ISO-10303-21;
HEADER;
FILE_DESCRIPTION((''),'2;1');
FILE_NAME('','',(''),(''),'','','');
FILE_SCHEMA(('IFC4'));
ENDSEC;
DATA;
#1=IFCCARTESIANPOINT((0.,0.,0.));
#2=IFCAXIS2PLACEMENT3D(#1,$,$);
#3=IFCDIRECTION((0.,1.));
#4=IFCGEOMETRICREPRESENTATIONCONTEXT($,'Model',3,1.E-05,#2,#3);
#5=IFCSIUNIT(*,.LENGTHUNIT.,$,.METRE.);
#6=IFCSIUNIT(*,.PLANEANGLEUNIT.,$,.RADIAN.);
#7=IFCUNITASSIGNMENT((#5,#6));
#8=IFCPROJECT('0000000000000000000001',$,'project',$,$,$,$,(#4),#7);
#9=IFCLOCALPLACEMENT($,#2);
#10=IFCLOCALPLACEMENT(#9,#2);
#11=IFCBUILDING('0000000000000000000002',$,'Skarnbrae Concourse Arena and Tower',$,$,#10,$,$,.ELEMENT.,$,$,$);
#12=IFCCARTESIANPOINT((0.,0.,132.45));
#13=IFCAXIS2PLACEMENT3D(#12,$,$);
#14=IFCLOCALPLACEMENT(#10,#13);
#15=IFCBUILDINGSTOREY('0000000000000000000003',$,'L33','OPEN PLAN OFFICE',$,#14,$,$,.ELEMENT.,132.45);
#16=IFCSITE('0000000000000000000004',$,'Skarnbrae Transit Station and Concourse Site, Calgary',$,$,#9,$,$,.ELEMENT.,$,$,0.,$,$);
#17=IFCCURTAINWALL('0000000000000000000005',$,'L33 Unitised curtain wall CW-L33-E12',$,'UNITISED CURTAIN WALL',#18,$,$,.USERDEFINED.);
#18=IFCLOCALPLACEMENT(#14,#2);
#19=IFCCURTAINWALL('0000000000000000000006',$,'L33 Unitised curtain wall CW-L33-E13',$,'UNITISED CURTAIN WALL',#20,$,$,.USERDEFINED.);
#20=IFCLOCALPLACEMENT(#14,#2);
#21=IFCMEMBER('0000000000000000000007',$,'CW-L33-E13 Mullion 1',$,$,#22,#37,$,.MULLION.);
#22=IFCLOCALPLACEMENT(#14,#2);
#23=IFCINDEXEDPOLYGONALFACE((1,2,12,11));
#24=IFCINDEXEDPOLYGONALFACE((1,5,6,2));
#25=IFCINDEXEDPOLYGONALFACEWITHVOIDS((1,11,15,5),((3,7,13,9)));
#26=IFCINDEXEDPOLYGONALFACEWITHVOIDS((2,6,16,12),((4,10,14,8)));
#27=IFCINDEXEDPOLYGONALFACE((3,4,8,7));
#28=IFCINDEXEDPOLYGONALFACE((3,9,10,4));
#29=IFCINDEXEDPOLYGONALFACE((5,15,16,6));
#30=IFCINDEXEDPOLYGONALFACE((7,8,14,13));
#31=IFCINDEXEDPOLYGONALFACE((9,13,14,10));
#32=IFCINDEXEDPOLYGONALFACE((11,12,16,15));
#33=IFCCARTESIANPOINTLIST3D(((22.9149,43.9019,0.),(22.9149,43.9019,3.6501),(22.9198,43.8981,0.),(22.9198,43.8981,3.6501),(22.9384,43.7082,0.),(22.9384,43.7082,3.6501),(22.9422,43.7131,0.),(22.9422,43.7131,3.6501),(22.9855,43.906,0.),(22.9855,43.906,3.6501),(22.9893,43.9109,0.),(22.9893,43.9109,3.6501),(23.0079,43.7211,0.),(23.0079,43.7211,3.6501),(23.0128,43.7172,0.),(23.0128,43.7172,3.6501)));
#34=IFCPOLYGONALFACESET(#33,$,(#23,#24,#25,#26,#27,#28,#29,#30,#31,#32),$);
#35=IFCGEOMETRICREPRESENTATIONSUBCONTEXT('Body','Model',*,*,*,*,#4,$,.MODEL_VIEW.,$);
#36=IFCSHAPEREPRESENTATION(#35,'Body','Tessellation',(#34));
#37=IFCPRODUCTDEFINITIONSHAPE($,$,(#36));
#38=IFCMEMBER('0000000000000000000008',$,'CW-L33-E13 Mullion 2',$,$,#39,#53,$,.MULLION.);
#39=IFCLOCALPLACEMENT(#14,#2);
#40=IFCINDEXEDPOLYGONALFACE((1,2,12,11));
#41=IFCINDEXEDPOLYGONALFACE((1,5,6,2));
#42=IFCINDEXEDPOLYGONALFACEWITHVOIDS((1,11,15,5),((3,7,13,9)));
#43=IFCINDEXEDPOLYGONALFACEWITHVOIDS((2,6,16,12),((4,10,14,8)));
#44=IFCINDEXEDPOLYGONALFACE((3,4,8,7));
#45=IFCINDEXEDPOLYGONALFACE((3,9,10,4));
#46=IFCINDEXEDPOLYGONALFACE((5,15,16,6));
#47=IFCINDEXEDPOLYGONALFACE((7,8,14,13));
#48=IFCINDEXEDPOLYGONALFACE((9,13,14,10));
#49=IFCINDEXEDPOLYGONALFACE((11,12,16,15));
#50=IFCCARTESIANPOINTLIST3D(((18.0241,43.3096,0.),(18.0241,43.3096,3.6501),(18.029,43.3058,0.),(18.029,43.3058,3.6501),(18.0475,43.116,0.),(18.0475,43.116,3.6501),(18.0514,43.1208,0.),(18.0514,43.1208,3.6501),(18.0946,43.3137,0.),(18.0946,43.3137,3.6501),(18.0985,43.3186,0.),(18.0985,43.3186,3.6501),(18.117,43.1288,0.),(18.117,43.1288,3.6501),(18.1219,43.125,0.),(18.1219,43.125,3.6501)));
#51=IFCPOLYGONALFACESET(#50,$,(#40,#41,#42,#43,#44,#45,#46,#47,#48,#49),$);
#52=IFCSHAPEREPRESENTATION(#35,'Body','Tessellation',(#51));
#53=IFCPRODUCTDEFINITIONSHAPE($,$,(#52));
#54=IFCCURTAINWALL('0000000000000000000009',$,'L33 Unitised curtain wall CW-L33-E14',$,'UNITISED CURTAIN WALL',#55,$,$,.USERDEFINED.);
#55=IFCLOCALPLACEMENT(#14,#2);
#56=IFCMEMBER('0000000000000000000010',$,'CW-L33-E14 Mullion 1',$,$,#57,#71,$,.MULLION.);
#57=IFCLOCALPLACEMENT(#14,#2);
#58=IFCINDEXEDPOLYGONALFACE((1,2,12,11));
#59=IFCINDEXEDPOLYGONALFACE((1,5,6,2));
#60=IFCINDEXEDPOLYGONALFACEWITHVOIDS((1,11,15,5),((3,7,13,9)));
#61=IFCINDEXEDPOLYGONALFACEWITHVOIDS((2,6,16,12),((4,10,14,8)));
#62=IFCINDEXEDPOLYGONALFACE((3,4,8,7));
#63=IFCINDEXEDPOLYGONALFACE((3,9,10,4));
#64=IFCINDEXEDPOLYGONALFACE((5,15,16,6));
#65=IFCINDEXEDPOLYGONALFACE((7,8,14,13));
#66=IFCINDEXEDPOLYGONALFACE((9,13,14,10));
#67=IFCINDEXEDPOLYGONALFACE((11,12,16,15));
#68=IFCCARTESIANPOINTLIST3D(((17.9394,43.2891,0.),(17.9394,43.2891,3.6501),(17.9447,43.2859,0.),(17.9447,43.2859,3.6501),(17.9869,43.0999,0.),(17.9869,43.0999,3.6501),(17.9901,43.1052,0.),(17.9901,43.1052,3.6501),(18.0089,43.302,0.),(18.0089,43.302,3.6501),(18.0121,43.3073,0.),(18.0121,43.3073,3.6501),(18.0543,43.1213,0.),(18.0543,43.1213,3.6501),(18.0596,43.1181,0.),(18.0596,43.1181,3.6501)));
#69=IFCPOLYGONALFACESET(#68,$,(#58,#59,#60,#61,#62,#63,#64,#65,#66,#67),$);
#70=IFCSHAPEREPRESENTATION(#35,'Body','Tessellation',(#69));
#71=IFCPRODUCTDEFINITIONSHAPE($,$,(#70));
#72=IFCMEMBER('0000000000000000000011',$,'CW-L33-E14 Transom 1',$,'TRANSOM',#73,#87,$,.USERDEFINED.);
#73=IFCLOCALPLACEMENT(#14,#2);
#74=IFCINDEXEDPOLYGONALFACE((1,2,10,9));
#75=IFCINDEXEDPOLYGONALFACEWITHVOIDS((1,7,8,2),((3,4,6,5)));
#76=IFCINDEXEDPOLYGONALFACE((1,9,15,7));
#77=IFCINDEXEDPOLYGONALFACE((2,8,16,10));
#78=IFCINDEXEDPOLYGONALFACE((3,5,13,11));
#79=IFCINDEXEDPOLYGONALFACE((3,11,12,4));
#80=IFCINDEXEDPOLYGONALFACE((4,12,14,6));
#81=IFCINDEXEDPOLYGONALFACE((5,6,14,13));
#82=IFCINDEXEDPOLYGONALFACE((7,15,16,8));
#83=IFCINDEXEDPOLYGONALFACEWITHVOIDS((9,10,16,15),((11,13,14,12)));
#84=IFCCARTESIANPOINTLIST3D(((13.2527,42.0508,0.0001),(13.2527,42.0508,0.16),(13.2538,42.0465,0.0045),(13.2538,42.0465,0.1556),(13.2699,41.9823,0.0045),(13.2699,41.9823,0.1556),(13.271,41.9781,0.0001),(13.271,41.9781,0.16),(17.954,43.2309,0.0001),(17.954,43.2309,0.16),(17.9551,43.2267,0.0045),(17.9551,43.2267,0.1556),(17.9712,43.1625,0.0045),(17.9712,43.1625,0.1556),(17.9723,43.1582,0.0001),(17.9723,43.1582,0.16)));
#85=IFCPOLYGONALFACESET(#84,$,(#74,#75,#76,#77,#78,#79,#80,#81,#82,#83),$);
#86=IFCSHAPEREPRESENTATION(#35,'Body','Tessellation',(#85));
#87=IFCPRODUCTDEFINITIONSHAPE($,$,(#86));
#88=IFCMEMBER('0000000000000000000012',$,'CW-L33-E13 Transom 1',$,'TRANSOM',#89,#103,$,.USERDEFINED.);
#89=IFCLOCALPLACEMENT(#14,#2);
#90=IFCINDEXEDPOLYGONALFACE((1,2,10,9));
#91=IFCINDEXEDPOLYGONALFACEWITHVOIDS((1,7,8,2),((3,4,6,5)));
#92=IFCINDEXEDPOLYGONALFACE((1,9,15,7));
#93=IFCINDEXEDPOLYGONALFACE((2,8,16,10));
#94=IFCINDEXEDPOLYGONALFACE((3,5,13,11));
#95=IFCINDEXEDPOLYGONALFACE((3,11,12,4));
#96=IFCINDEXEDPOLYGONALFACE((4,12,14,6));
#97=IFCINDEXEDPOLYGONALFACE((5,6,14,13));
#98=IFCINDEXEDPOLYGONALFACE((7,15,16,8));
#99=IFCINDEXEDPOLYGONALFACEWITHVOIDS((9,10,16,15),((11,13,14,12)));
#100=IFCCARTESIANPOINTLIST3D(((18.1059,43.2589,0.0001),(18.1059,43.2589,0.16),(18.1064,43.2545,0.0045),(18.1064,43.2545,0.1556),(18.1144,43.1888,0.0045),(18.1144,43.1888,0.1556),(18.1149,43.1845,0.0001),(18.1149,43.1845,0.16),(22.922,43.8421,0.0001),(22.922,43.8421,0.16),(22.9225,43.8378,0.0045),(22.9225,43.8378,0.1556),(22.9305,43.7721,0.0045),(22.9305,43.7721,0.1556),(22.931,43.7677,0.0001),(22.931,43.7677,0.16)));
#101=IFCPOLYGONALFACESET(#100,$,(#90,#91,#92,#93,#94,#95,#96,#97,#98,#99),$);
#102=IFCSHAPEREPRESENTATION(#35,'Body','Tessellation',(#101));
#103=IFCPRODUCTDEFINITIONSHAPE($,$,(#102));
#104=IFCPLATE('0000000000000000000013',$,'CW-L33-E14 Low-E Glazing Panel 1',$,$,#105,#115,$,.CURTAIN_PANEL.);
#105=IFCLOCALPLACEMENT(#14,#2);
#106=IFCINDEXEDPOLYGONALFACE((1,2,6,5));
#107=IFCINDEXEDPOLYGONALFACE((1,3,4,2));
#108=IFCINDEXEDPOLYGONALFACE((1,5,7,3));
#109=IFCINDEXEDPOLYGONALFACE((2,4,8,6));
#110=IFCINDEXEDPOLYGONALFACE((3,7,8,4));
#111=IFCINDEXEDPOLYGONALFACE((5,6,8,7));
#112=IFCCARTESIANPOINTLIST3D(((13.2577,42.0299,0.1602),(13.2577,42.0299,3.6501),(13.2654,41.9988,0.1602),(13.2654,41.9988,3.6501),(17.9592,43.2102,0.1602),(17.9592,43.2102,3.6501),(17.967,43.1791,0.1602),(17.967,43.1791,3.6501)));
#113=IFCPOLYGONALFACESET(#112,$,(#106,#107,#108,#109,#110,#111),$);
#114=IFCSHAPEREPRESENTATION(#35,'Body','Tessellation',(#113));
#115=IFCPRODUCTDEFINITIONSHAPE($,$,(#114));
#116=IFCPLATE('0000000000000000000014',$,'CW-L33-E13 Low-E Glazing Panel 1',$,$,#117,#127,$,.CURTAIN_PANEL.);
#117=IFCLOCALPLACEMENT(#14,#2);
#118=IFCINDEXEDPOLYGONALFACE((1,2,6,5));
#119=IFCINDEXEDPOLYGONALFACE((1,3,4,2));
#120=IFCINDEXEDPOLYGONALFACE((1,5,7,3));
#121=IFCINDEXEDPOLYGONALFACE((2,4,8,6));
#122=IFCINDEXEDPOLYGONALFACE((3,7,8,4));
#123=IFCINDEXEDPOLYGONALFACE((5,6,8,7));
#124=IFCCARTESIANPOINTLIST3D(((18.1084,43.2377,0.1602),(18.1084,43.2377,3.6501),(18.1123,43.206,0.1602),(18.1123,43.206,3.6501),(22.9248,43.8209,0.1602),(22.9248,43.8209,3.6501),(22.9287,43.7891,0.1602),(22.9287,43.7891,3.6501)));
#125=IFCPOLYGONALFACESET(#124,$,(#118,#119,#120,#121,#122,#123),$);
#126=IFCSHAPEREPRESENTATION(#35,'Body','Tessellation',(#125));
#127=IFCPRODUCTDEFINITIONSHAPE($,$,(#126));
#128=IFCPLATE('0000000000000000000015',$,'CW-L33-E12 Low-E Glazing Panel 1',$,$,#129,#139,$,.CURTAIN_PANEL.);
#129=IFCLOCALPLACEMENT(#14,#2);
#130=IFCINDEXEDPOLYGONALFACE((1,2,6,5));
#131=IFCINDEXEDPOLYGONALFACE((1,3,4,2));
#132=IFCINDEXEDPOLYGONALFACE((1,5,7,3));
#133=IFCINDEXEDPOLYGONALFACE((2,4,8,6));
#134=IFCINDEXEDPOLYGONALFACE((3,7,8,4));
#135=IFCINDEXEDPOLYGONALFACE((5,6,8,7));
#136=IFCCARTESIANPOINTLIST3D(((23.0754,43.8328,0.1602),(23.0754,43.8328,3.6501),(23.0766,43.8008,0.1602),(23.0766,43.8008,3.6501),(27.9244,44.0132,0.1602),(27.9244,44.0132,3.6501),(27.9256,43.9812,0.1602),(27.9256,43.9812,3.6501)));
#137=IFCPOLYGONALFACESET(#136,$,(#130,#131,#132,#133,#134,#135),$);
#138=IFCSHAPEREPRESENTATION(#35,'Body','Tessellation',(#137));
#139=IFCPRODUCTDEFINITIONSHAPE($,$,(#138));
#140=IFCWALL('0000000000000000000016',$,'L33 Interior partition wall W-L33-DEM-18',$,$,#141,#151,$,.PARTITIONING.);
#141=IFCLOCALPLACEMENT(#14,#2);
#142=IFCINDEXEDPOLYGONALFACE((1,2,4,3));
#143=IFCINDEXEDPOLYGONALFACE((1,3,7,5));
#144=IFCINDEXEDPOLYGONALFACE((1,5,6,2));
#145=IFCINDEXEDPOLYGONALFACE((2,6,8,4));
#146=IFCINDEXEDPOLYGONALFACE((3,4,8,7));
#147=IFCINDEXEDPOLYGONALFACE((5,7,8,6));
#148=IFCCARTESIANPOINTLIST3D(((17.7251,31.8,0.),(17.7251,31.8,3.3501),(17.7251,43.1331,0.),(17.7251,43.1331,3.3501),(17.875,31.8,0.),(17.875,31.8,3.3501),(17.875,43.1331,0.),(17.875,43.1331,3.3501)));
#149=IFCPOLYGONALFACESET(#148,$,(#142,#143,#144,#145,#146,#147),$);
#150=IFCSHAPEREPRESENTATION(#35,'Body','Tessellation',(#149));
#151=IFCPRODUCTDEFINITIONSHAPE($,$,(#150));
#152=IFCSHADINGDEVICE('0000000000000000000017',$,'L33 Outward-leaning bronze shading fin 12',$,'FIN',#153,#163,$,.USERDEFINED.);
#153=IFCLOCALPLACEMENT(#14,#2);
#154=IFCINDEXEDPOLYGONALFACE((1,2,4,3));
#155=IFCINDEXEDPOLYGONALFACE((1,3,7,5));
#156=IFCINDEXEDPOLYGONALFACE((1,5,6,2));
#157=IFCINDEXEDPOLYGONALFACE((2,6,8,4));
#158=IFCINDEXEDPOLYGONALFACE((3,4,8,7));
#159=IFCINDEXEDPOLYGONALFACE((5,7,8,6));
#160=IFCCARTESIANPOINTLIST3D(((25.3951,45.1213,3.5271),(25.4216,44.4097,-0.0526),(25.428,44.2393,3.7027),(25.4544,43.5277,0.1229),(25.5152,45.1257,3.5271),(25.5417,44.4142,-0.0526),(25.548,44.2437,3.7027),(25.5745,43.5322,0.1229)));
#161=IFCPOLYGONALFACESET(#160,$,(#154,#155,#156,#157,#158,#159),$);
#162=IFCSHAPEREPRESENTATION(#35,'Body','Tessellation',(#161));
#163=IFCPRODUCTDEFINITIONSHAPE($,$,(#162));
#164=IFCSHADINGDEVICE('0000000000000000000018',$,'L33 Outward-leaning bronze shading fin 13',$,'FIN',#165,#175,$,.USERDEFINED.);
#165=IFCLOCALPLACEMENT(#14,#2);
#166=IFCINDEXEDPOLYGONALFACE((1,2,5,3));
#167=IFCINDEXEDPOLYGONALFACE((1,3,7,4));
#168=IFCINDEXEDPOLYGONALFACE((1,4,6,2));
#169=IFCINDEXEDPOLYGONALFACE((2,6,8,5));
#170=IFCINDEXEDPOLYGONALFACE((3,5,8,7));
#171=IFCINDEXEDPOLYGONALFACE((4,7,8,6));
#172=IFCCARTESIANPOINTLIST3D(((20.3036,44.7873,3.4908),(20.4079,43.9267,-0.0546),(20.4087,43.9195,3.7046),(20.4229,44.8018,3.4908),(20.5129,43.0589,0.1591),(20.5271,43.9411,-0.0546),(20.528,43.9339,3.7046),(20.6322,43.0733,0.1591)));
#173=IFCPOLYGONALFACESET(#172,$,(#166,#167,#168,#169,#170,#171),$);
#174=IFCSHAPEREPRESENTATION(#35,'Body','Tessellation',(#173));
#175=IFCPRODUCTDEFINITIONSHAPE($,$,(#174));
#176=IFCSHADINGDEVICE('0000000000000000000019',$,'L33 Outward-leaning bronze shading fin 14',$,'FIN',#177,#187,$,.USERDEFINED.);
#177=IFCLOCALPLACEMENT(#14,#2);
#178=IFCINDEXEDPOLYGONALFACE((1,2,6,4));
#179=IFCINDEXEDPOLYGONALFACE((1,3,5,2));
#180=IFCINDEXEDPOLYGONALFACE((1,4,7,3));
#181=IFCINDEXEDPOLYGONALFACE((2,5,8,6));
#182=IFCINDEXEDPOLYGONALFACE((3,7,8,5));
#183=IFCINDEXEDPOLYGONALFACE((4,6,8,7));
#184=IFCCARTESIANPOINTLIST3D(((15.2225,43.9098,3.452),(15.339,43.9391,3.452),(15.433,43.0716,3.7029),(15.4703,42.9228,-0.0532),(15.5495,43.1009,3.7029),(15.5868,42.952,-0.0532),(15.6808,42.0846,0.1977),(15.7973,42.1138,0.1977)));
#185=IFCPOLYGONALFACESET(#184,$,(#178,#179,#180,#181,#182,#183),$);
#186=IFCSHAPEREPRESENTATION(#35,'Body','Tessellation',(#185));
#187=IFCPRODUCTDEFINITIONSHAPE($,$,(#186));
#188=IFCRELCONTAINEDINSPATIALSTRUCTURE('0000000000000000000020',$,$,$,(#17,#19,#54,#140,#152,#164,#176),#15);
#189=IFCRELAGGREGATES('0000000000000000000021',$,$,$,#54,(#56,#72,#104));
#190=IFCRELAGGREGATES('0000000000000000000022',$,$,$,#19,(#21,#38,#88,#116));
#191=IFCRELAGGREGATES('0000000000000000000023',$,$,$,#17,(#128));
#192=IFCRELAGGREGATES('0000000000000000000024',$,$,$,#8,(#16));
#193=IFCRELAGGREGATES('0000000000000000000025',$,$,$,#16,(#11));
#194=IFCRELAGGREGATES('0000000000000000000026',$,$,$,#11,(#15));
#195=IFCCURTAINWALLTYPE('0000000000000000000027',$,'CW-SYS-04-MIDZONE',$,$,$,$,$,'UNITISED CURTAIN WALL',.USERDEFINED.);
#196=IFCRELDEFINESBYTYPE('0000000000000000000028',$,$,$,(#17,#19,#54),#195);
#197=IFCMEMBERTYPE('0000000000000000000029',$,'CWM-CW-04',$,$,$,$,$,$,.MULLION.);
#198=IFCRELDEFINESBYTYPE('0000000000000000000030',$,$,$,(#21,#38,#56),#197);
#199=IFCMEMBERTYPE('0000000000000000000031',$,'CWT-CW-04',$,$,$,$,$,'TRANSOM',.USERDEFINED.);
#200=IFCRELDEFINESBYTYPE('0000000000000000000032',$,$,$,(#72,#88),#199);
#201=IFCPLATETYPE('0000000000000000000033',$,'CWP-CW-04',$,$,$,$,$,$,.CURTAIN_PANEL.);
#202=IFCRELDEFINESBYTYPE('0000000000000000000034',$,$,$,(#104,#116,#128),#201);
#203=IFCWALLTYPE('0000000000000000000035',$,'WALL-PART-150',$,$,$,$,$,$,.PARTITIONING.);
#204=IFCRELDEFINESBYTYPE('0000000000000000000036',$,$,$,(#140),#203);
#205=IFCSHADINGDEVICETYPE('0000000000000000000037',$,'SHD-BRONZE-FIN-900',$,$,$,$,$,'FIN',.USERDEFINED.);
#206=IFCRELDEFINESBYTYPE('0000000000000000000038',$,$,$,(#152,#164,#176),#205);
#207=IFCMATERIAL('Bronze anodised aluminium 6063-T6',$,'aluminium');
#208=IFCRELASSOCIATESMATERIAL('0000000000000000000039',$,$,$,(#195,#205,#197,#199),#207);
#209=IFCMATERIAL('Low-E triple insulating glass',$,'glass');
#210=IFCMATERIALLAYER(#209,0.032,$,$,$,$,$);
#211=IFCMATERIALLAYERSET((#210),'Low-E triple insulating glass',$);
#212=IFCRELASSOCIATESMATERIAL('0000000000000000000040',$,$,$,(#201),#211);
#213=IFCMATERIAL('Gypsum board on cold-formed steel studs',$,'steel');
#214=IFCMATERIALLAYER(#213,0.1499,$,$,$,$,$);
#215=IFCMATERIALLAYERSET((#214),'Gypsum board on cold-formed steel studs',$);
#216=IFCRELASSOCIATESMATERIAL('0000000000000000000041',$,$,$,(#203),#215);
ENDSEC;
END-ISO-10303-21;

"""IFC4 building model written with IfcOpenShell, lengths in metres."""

from ifc_helpers import new_model, si_unit, direction, frame, frame_2d, origin, origin_2d, place, context, subcontext, project, spatial, rectangle, hollow_rectangle, extrude, source, transform, mapped, material, layer, layer_set, material_profile, profile_set, type_object, element, aggregate, save


model = new_model("IFC4")

# Units and contexts
model_context = context("Model", 3, precision=1e-05, world=origin(), true_north=direction((0.0, 1.0)))
body_context = subcontext(model_context, "Body", "Model", "MODEL_VIEW")
ifc_project = project(units=[si_unit("LENGTHUNIT", "METRE"), si_unit("PLANEANGLEUNIT", "RADIAN")], contexts=[model_context])

# Site, building, storey
site_placement = place(None, origin())
site = spatial("IfcSite", under=ifc_project, at=site_placement, Name="Skarnbrae Transit Station and Concourse Site, Calgary", CompositionType="ELEMENT", RefElevation=0.0)
building_placement = place(site_placement, origin())
building = spatial("IfcBuilding", under=site, at=building_placement, Name="Skarnbrae Concourse Arena and Tower", CompositionType="ELEMENT")
storey_placement = place(building_placement, frame((0.0, 0.0, 132.45)))
storey = spatial("IfcBuildingStorey", under=building, at=storey_placement, Name="L33", Description="OPEN PLAN OFFICE", CompositionType="ELEMENT", Elevation=132.45)

# Curtain wall
ifc_material_1 = material(Name="Bronze anodised aluminium 6063-T6", Category="aluminium")
curtain_wall_type = type_object("IfcCurtainWallType", Name="CW-SYS-04-MIDZONE", ElementType="UNITISED CURTAIN WALL", PredefinedType="USERDEFINED", material=ifc_material_1)
curtain_wall_1_placement = place(storey_placement, origin())
curtain_wall_1 = element("IfcCurtainWall", 1, at=curtain_wall_1_placement, inside=storey, type_object=curtain_wall_type, Name="L33 Unitised curtain wall CW-L33-E12", ObjectType="UNITISED CURTAIN WALL", PredefinedType="USERDEFINED")
ifc_material_profile_1 = material_profile(ifc_material_1, hollow_rectangle(XDim=0.075, YDim=0.1951, WallThickness=0.0044, at=origin_2d()), Name="ALU-MULL-75X195")
ifc_profile_set_1 = profile_set([ifc_material_profile_1], Name="Bronze anodised aluminium 6063-T6")
member_type_1 = type_object("IfcMemberType", Name="CWM-CW-04", PredefinedType="MULLION", material=ifc_profile_set_1)
shared_shape_1 = source(origin(), body_context, "Body", "SweptSolid", [
    extrude(hollow_rectangle(XDim=0.075, YDim=0.1951, WallThickness=0.0044, at=origin_2d()), origin(), (0.0, 0.0, 1.0), 3.6501),
])

# Curtain walls, members
curtain_wall_2_placement = place(storey_placement, origin())
curtain_wall_2 = element("IfcCurtainWall", 2, at=curtain_wall_2_placement, inside=storey, type_object=curtain_wall_type, Name="L33 Unitised curtain wall CW-L33-E13", ObjectType="UNITISED CURTAIN WALL", PredefinedType="USERDEFINED")
member_1_placement = place(storey_placement, frame((22.9639, 43.8096, 0.0), z_axis=(0.0, 0.0, 1.0), x_axis=(-0.992749, -0.120203, 0.0)))
member_1 = element("IfcMember", 3, at=member_1_placement, type_object=member_type_1, Name="CW-L33-E13 Mullion 1", PredefinedType="MULLION", context=body_context, shape_type="MappedRepresentation", body=[
    mapped(shared_shape_1, transform((0.0, 0.0, 0.0))),
])
member_2_placement = place(storey_placement, frame((18.073, 43.2173, 0.0), z_axis=(0.0, 0.0, 1.0), x_axis=(-0.992749, -0.120203, 0.0)))
member_2 = element("IfcMember", 4, at=member_2_placement, type_object=member_type_1, Name="CW-L33-E13 Mullion 2", PredefinedType="MULLION", context=body_context, shape_type="MappedRepresentation", body=[
    mapped(shared_shape_1, transform((0.0, 0.0, 0.0))),
])
curtain_wall_3_placement = place(storey_placement, origin())
curtain_wall_3 = element("IfcCurtainWall", 5, at=curtain_wall_3_placement, inside=storey, type_object=curtain_wall_type, Name="L33 Unitised curtain wall CW-L33-E14", ObjectType="UNITISED CURTAIN WALL", PredefinedType="USERDEFINED")
member_3_placement = place(storey_placement, frame((17.9995, 43.2036, 0.0), z_axis=(0.0, 0.0, 1.0), x_axis=(-0.969903, -0.243491, 0.0)))
member_3 = element("IfcMember", 6, at=member_3_placement, type_object=member_type_1, Name="CW-L33-E14 Mullion 1", PredefinedType="MULLION", context=body_context, shape_type="MappedRepresentation", body=[
    mapped(shared_shape_1, transform((0.0, 0.0, 0.0))),
])
ifc_material_profile_2 = material_profile(ifc_material_1, hollow_rectangle(XDim=0.075, YDim=0.1599, WallThickness=0.0044, at=origin_2d()), Name="ALU-TRAN-75X160")
ifc_profile_set_2 = profile_set([ifc_material_profile_2], Name="Bronze anodised aluminium 6063-T6")
member_type_2 = type_object("IfcMemberType", Name="CWT-CW-04", ElementType="TRANSOM", PredefinedType="USERDEFINED", material=ifc_profile_set_2)
shared_shape_2 = source(origin(), body_context, "Body", "SweptSolid", [
    extrude(hollow_rectangle(XDim=0.075, YDim=0.1599, WallThickness=0.0044, at=origin_2d()), origin(), (0.0, 0.0, 1.0), 4.8472),
])
member_4_placement = place(storey_placement, frame((17.9631, 43.1946, 0.0801), z_axis=(-0.969908, -0.243472, 0.0), x_axis=(0.243472, -0.969908, 0.0)))
member_4 = element("IfcMember", 7, at=member_4_placement, type_object=member_type_2, Name="CW-L33-E14 Transom 1", ObjectType="TRANSOM", PredefinedType="USERDEFINED", context=body_context, shape_type="MappedRepresentation", body=[
    mapped(shared_shape_2, transform((0.0, 0.0, 0.0))),
])

# Member
shared_shape_3 = source(origin(), body_context, "Body", "SweptSolid", [
    extrude(hollow_rectangle(XDim=0.075, YDim=0.1599, WallThickness=0.0044, at=origin_2d()), origin(), (0.0, 0.0, 1.0), 4.8513),
])
member_5_placement = place(storey_placement, frame((22.9265, 43.8049, 0.0801), z_axis=(-0.992747, -0.120225, 0.0), x_axis=(0.120225, -0.992747, 0.0)))
member_5 = element("IfcMember", 8, at=member_5_placement, type_object=member_type_2, Name="CW-L33-E13 Transom 1", ObjectType="TRANSOM", PredefinedType="USERDEFINED", context=body_context, shape_type="MappedRepresentation", body=[
    mapped(shared_shape_3, transform((0.0, 0.0, 0.0))),
])

# Plates
ifc_material_2 = material(Name="Low-E triple insulating glass", Category="glass")
ifc_layer_1 = layer(ifc_material_2, 0.032)
ifc_layer_set_1 = layer_set([ifc_layer_1], Name="Low-E triple insulating glass")
plate_type = type_object("IfcPlateType", Name="CWP-CW-04", PredefinedType="CURTAIN_PANEL", material=ifc_layer_set_1)
shared_shape_4 = source(origin(), body_context, "Body", "SweptSolid", [
    extrude(rectangle(XDim=4.8474, YDim=0.032, at=origin_2d()), origin(), (0.0, 0.0, 1.0), 3.49),
])
plate_1_placement = place(storey_placement, frame((15.6123, 42.6045, 0.1602), z_axis=(0.0, 0.0, 1.0), x_axis=(-0.969903, -0.243491, 0.0)))
plate_1 = element("IfcPlate", 9, at=plate_1_placement, type_object=plate_type, Name="CW-L33-E14 Low-E Glazing Panel 1", PredefinedType="CURTAIN_PANEL", context=body_context, shape_type="MappedRepresentation", body=[
    mapped(shared_shape_4, transform((0.0, 0.0, 0.0))),
])
aggregate(curtain_wall_3, [member_3, member_4, plate_1])
shared_shape_5 = source(origin(), body_context, "Body", "SweptSolid", [
    extrude(rectangle(XDim=4.8516, YDim=0.032, at=origin_2d()), origin(), (0.0, 0.0, 1.0), 3.49),
])
plate_2_placement = place(storey_placement, frame((20.5186, 43.5134, 0.1602), z_axis=(0.0, 0.0, 1.0), x_axis=(-0.992749, -0.120203, 0.0)))
plate_2 = element("IfcPlate", 10, at=plate_2_placement, type_object=plate_type, Name="CW-L33-E13 Low-E Glazing Panel 1", PredefinedType="CURTAIN_PANEL", context=body_context, shape_type="MappedRepresentation", body=[
    mapped(shared_shape_5, transform((0.0, 0.0, 0.0))),
])
aggregate(curtain_wall_2, [member_1, member_2, member_5, plate_2])
shared_shape_6 = source(origin(), body_context, "Body", "SweptSolid", [
    extrude(rectangle(XDim=4.8523, YDim=0.032, at=origin_2d()), origin(), (0.0, 0.0, 1.0), 3.49),
])
plate_3_placement = place(storey_placement, frame((25.5005, 43.907, 0.1602), z_axis=(0.0, 0.0, 1.0), x_axis=(-0.999308, -0.037183, 0.0)))
plate_3 = element("IfcPlate", 11, at=plate_3_placement, type_object=plate_type, Name="CW-L33-E12 Low-E Glazing Panel 1", PredefinedType="CURTAIN_PANEL", context=body_context, shape_type="MappedRepresentation", body=[
    mapped(shared_shape_6, transform((0.0, 0.0, 0.0))),
])
aggregate(curtain_wall_1, [plate_3])

# Wall
ifc_material_3 = material(Name="Gypsum board on cold-formed steel studs", Category="steel")
ifc_layer_2 = layer(ifc_material_3, 0.1499)
ifc_layer_set_2 = layer_set([ifc_layer_2], Name="Gypsum board on cold-formed steel studs")
wall_type = type_object("IfcWallType", Name="WALL-PART-150", PredefinedType="PARTITIONING", material=ifc_layer_set_2)
shared_shape_7 = source(origin(), body_context, "Body", "SweptSolid", [
    extrude(rectangle(XDim=11.333, YDim=0.1499, at=frame_2d((5.6665, 0.0))), origin(), (0.0, 0.0, 1.0), 3.3501),
])
wall_placement = place(storey_placement, frame((17.8, 43.1331, 0.0), z_axis=(0.0, 0.0, 1.0), x_axis=(0.0, -1.0, 0.0)))
element("IfcWall", 12, at=wall_placement, inside=storey, type_object=wall_type, Name="L33 Interior partition wall W-L33-DEM-18", PredefinedType="PARTITIONING", context=body_context, shape_type="MappedRepresentation", body=[
    mapped(shared_shape_7, transform((0.0, 0.0, 0.0))),
])

# Shading devices
shading_device_type = type_object("IfcShadingDeviceType", Name="SHD-BRONZE-FIN-900", ElementType="FIN", PredefinedType="USERDEFINED", material=ifc_material_1)
shared_shape_8 = source(origin(), body_context, "Body", "SweptSolid", [
    extrude(rectangle(XDim=0.1201, YDim=0.8999, at=origin_2d()), origin(), (0.0, 0.0, 1.0), 3.6499),
])
for number, where, z_axis, x_axis, name in (
    (13, (25.498, 43.9709, 0.0352), (-0.007254, 0.194955, 0.980785), (0.999308, 0.037184, 0.0), "L33 Outward-leaning bronze shading fin 12"),
    (14, (20.52, 43.5, 0.0522), (-0.028551, 0.235794, 0.971384), (0.992749, 0.120206, 0.0), "L33 Outward-leaning bronze shading fin 13"),
    (15, (15.6338, 42.5183, 0.0723), (-0.067893, 0.270431, 0.960342), (0.969902, 0.243497, 0.0), "L33 Outward-leaning bronze shading fin 14"),
):
    element("IfcShadingDevice", number, at=place(storey_placement, frame(where, z_axis=z_axis, x_axis=x_axis)), inside=storey, type_object=shading_device_type, Name=name, ObjectType="FIN", PredefinedType="USERDEFINED", context=body_context, shape_type="MappedRepresentation", body=[
        mapped(shared_shape_8, transform((0.0, 0.0, 0.0))),
    ])

save(model, "model.ifc")
